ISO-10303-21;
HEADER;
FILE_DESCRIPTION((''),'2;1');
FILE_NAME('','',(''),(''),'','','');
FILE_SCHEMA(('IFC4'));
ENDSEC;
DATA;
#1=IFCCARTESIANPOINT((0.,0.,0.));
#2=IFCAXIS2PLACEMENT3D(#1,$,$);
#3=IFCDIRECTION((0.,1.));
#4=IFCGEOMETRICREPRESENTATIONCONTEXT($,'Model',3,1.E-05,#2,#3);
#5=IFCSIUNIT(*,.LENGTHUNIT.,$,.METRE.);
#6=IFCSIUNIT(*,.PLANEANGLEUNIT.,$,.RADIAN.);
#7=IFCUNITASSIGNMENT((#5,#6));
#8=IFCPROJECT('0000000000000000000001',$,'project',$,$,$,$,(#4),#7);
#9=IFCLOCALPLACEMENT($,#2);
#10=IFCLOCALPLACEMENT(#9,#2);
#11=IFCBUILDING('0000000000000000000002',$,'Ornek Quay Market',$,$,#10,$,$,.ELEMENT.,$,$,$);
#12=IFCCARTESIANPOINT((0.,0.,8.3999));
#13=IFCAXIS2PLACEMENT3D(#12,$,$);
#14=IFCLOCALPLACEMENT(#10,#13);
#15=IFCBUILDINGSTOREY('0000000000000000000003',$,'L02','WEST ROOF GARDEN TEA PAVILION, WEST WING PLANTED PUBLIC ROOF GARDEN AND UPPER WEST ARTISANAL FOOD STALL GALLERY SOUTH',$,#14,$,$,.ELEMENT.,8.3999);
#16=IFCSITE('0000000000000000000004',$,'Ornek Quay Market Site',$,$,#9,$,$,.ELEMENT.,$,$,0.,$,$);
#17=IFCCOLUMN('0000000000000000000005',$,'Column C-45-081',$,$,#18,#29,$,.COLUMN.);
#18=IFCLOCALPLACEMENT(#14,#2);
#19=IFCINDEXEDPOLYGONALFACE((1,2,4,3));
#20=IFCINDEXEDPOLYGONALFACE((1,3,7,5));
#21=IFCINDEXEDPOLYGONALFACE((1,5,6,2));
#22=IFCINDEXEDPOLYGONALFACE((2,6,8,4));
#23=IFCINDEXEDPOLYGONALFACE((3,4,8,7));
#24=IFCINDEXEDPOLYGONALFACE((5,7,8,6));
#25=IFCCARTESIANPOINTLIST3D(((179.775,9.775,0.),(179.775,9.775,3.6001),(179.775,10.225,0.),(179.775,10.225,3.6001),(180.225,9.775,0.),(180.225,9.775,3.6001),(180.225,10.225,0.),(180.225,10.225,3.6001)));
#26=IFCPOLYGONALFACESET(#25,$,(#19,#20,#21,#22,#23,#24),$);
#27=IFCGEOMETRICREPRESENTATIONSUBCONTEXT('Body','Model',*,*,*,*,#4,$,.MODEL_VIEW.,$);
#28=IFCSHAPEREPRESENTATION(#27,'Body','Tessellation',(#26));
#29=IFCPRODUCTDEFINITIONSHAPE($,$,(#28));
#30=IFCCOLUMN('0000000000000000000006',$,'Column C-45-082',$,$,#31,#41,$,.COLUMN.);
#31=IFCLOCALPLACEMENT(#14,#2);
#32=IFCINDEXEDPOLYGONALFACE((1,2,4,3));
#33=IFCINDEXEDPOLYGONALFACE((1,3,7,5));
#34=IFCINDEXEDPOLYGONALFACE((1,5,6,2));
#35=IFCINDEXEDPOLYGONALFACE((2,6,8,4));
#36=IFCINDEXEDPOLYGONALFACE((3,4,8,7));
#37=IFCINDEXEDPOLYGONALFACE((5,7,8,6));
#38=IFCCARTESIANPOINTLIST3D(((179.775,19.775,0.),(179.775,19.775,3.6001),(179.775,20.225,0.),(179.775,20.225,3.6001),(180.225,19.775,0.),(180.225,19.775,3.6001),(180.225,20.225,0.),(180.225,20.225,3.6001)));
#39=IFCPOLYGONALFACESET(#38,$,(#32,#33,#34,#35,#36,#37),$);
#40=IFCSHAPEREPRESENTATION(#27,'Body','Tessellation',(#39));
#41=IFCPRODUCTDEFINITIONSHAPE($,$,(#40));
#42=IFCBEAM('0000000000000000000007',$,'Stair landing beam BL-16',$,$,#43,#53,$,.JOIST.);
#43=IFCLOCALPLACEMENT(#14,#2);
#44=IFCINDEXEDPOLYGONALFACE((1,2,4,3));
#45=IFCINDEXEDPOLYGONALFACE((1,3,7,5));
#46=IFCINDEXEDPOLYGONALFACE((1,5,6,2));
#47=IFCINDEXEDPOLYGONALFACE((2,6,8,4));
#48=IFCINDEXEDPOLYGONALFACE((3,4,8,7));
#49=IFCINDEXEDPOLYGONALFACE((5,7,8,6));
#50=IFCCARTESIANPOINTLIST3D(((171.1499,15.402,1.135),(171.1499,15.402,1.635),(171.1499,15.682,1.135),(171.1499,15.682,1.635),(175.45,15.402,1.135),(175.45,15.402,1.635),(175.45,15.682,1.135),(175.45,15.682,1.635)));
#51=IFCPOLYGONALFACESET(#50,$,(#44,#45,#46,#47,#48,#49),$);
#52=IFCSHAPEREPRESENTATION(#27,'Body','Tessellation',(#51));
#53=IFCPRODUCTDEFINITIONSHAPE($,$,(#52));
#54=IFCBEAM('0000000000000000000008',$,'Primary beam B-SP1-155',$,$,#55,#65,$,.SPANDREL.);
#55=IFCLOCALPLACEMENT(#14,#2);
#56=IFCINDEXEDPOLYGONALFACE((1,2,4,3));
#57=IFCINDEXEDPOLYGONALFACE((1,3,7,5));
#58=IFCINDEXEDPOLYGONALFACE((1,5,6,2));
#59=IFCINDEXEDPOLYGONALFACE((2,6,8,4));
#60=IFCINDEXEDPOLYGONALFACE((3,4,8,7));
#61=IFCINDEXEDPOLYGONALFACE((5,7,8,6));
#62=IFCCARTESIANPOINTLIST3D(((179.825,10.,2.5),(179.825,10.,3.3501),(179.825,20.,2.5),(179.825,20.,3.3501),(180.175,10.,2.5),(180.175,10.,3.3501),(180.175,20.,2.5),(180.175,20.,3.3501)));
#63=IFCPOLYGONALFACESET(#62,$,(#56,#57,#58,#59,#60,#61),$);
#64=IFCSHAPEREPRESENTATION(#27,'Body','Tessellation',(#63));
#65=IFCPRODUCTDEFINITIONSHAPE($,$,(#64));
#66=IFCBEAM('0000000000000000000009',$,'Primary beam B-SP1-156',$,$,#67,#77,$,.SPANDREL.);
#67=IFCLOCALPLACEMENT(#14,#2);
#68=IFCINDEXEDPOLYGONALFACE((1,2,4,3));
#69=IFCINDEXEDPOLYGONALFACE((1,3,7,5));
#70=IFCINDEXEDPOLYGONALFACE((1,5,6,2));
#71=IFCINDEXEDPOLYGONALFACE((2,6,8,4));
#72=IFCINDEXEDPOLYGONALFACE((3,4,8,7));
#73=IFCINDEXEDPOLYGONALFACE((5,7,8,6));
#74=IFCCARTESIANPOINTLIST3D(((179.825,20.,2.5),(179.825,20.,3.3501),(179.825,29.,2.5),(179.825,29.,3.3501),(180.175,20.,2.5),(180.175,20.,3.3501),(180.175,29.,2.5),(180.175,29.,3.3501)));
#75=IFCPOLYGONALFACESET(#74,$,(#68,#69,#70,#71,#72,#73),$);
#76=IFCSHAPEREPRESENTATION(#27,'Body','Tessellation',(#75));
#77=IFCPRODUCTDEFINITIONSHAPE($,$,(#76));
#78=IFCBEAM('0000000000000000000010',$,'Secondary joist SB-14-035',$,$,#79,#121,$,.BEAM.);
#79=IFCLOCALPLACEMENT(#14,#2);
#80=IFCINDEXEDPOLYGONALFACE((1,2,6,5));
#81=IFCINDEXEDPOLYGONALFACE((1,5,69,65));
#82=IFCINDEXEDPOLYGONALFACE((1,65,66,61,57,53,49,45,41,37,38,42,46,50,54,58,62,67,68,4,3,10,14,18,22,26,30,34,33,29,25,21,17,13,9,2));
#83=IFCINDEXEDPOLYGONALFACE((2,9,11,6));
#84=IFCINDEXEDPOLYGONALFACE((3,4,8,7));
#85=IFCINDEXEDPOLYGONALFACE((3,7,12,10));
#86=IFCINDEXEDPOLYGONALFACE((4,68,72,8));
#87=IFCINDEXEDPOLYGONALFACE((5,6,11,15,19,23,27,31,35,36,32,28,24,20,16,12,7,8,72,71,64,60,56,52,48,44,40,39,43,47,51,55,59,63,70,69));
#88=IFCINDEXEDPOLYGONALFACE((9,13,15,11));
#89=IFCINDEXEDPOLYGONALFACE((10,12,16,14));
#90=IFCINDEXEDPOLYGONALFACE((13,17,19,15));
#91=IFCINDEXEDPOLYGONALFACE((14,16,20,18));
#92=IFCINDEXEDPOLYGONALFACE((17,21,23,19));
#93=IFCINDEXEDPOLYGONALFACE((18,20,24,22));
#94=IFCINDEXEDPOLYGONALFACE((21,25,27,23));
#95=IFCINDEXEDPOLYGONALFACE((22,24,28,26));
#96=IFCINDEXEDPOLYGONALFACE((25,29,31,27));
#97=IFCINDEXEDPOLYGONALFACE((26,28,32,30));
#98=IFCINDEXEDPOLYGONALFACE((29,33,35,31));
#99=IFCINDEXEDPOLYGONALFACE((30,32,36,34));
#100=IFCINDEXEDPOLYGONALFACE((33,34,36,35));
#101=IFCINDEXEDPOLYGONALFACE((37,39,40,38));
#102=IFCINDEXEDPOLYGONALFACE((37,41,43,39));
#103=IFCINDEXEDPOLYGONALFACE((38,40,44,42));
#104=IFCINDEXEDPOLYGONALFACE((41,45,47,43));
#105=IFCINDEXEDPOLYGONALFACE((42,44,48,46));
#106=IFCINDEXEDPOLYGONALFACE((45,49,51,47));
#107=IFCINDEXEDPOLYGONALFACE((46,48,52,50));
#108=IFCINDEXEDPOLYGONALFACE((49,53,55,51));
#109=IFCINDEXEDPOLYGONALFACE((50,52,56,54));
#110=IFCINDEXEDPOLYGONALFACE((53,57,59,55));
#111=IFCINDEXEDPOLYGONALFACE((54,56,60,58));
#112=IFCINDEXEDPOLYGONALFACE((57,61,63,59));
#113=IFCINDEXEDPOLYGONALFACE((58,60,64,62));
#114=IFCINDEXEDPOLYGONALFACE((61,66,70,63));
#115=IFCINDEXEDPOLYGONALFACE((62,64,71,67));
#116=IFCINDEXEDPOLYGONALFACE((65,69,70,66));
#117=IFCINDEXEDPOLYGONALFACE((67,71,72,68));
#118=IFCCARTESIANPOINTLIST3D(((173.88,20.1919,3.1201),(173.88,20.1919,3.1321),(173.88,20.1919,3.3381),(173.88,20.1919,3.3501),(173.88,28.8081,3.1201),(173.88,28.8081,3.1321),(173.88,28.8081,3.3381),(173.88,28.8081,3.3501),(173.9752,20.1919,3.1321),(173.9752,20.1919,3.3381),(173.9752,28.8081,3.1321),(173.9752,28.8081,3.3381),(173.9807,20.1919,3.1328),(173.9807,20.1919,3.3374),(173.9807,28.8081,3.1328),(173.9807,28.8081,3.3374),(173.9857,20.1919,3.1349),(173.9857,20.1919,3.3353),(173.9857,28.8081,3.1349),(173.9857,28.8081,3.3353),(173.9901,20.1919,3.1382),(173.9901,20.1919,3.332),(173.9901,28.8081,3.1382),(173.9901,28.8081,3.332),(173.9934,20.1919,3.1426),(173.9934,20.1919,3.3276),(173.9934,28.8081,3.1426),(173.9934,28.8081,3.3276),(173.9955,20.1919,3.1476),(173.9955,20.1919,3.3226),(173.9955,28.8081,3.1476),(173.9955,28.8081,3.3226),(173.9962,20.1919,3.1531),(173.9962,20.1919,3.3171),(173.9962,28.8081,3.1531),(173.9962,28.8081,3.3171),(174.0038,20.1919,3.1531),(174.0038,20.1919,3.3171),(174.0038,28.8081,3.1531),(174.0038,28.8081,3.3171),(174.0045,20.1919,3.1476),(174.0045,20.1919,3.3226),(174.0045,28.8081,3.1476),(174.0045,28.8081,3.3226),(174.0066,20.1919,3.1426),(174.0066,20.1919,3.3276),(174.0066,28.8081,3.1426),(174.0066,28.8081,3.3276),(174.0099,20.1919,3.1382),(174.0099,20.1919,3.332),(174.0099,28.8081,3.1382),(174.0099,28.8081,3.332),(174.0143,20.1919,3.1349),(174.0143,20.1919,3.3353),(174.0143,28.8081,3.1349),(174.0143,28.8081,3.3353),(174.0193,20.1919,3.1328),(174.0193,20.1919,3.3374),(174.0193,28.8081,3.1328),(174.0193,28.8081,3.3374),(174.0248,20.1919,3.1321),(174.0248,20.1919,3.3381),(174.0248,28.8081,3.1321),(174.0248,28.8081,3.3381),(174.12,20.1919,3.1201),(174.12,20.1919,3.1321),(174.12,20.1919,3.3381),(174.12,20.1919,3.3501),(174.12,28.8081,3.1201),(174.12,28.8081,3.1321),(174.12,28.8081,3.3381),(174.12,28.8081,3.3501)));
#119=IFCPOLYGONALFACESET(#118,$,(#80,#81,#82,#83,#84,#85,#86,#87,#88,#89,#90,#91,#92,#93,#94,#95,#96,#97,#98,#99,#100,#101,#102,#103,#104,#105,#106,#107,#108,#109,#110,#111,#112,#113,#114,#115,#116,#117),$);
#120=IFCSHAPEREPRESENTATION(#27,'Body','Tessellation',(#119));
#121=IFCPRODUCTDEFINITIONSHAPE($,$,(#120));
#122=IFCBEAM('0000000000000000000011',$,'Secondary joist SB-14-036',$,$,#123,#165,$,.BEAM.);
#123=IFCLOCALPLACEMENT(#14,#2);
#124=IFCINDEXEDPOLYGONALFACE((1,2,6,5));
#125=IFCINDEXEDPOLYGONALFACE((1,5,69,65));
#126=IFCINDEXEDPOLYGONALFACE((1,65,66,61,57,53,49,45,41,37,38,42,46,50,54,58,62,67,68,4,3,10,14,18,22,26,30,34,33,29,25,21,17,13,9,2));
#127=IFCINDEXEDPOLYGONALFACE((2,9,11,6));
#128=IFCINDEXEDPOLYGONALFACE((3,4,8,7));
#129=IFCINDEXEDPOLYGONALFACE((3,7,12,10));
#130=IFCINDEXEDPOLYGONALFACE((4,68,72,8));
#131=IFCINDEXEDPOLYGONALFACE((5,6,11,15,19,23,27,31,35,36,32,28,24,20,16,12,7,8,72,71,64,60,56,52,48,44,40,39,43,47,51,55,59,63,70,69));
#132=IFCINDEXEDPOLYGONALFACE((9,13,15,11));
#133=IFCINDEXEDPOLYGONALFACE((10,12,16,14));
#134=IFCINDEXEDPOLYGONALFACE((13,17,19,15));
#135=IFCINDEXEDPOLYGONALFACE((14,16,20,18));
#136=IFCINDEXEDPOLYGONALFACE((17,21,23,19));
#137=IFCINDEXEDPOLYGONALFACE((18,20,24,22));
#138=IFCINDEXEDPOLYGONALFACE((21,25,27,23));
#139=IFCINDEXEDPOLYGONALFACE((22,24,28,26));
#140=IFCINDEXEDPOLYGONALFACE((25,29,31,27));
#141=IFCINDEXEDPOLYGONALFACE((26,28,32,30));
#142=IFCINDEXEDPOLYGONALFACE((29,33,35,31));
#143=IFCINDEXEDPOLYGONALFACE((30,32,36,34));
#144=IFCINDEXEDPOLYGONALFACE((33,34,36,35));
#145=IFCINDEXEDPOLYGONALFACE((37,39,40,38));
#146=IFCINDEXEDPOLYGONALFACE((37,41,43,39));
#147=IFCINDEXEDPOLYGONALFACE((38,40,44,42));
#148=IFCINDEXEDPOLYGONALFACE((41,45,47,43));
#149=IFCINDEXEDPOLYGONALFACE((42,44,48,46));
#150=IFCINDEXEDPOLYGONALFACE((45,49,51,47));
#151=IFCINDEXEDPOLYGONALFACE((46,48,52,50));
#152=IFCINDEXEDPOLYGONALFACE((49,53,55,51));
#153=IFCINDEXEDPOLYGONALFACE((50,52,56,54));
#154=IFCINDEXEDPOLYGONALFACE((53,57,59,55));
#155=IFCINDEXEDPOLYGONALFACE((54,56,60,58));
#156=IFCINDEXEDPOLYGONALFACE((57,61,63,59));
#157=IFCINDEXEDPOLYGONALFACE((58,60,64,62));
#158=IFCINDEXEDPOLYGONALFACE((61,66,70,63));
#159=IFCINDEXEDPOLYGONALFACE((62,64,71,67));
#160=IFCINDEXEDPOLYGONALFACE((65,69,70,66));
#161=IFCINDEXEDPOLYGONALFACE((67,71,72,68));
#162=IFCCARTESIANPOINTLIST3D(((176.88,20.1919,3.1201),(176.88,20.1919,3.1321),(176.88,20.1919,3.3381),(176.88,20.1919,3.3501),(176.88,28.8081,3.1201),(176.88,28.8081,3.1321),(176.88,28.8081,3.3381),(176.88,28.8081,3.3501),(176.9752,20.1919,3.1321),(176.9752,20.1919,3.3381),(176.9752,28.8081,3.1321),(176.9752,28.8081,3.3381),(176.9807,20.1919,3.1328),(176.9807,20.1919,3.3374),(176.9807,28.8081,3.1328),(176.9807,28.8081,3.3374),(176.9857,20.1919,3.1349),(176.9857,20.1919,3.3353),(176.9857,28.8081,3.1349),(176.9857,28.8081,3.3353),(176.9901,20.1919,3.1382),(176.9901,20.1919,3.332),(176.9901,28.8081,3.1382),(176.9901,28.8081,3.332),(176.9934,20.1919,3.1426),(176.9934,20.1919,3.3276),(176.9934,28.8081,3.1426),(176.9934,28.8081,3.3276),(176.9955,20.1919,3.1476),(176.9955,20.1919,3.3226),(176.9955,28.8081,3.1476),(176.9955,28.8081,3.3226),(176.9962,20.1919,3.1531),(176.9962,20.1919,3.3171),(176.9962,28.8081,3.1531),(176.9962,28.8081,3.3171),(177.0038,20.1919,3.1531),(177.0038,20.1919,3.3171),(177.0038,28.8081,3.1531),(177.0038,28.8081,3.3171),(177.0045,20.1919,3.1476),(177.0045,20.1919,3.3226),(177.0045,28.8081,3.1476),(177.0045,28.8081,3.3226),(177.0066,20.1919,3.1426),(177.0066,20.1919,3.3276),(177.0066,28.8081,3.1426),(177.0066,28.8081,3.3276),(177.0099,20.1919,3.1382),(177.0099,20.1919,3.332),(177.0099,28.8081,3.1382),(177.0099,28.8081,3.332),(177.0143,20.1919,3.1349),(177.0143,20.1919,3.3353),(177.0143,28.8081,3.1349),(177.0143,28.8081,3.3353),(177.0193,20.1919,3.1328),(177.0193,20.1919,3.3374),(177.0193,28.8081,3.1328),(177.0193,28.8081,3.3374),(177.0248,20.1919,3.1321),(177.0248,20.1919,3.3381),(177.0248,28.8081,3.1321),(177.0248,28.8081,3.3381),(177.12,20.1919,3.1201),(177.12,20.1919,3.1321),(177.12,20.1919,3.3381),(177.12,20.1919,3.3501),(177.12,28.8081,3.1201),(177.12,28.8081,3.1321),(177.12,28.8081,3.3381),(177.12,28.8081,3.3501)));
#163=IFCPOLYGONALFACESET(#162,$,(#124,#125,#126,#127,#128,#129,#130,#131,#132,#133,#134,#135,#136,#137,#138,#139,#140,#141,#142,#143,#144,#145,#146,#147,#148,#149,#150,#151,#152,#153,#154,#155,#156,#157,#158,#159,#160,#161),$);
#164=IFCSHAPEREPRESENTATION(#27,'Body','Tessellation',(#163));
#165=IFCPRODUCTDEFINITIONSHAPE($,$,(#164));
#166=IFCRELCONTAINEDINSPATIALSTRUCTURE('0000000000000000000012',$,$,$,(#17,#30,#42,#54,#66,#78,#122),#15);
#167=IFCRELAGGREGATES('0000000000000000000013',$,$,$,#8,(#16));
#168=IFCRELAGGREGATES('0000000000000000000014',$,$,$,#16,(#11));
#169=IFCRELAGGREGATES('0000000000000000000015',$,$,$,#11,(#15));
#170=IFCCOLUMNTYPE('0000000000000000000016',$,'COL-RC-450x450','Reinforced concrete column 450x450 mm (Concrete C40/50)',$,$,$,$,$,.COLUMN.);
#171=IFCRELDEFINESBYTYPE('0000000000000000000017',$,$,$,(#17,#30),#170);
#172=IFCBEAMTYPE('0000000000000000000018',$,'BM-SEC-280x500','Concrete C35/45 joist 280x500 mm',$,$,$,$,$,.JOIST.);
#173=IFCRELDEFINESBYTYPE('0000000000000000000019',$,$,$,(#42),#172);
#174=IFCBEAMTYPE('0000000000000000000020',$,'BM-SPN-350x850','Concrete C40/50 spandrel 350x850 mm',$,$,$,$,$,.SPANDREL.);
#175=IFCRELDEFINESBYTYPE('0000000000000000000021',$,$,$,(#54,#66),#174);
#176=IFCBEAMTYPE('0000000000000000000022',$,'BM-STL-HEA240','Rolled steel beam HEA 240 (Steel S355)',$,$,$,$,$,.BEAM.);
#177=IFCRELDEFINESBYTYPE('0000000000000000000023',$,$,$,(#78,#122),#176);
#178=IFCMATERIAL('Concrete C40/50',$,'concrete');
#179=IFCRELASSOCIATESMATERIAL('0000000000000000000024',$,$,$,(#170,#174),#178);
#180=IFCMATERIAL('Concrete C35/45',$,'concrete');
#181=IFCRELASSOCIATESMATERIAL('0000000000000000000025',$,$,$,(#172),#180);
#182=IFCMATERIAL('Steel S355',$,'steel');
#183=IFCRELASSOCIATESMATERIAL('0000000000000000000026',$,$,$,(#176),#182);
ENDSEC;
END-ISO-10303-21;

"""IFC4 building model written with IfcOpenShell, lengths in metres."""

from ifc_helpers import new_model, si_unit, direction, frame, origin, origin_2d, place, context, subcontext, project, spatial, rectangle, i_section, extrude, material, material_profile, profile_set, type_object, element, save


model = new_model("IFC4")

# Units and contexts
model_context = context("Model", 3, precision=1e-05, world=origin(), true_north=direction((0.0, 1.0)))
body_context = subcontext(model_context, "Body", "Model", "MODEL_VIEW")
ifc_project = project(units=[si_unit("LENGTHUNIT", "METRE"), si_unit("PLANEANGLEUNIT", "RADIAN")], contexts=[model_context])

# Site, building, storey
site_placement = place(None, origin())
site = spatial("IfcSite", under=ifc_project, at=site_placement, Name="Ornek Quay Market Site", CompositionType="ELEMENT", RefElevation=0.0)
building_placement = place(site_placement, origin())
building = spatial("IfcBuilding", under=site, at=building_placement, Name="Ornek Quay Market", CompositionType="ELEMENT")
storey_placement = place(building_placement, frame((0.0, 0.0, 8.3999)))
storey = spatial("IfcBuildingStorey", under=building, at=storey_placement, Name="L02", Description="WEST ROOF GARDEN TEA PAVILION, WEST WING PLANTED PUBLIC ROOF GARDEN AND UPPER WEST ARTISANAL FOOD STALL GALLERY SOUTH", CompositionType="ELEMENT", Elevation=8.3999)

# Columns
ifc_material_1 = material(Name="Concrete C40/50", Category="concrete")
ifc_material_profile_1 = material_profile(ifc_material_1, rectangle(XDim=0.45, YDim=0.45, at=origin_2d()), Name="RC 450x450", Category="concrete")
ifc_profile_set_1 = profile_set([ifc_material_profile_1], Name="Concrete C40/50")
column_type = type_object("IfcColumnType", Name="COL-RC-450x450", Description="Reinforced concrete column 450x450 mm (Concrete C40/50)", PredefinedType="COLUMN", material=ifc_profile_set_1)
for number, where, z_axis, x_axis, name in (
    (1, (180.0, 10.0, 0.0), (0.0, 0.0, 1.0), (1.0, 0.0, 0.0), "Column C-45-081"),
    (2, (180.0, 20.0, 0.0), (0.0, 0.0, 1.0), (1.0, 0.0, 0.0), "Column C-45-082"),
):
    element("IfcColumn", number, at=place(storey_placement, frame(where, z_axis=z_axis, x_axis=x_axis)), inside=storey, type_object=column_type, Name=name, PredefinedType="COLUMN", context=body_context, shape_type="SweptSolid", body=[
        extrude(rectangle(XDim=0.45, YDim=0.45, at=origin_2d()), origin(), (0.0, 0.0, 1.0), 3.6001),
    ])

# Beams
ifc_material_2 = material(Name="Concrete C35/45", Category="concrete")
ifc_material_profile_2 = material_profile(ifc_material_2, rectangle(XDim=0.28, YDim=0.5, at=origin_2d()), Name="RC 280x500", Category="concrete")
ifc_profile_set_2 = profile_set([ifc_material_profile_2], Name="Concrete C35/45")
beam_type_1 = type_object("IfcBeamType", Name="BM-SEC-280x500", Description="Concrete C35/45 joist 280x500 mm", PredefinedType="JOIST", material=ifc_profile_set_2)
beam_1_placement = place(storey_placement, frame((171.1499, 15.542, 1.385), z_axis=(1.0, 0.0, 0.0), x_axis=(0.0, 1.0, 0.0)))
element("IfcBeam", 3, at=beam_1_placement, inside=storey, type_object=beam_type_1, Name="Stair landing beam BL-16", PredefinedType="JOIST", context=body_context, shape_type="SweptSolid", body=[
    extrude(rectangle(XDim=0.28, YDim=0.5, at=origin_2d()), origin(), (0.0, 0.0, 1.0), 4.3),
])
ifc_material_profile_3 = material_profile(ifc_material_1, rectangle(XDim=0.3501, YDim=0.8501, at=origin_2d()), Name="RC 350x850", Category="concrete")
ifc_profile_set_3 = profile_set([ifc_material_profile_3], Name="Concrete C40/50")
beam_type_2 = type_object("IfcBeamType", Name="BM-SPN-350x850", Description="Concrete C40/50 spandrel 350x850 mm", PredefinedType="SPANDREL", material=ifc_profile_set_3)
beam_2_placement = place(storey_placement, frame((180.0, 10.0, 2.925), z_axis=(0.0, 1.0, 0.0), x_axis=(-1.0, 0.0, 0.0)))
element("IfcBeam", 4, at=beam_2_placement, inside=storey, type_object=beam_type_2, Name="Primary beam B-SP1-155", PredefinedType="SPANDREL", context=body_context, shape_type="SweptSolid", body=[
    extrude(rectangle(XDim=0.3501, YDim=0.8501, at=origin_2d()), origin(), (0.0, 0.0, 1.0), 10.0),
])
beam_3_placement = place(storey_placement, frame((180.0, 20.0, 2.925), z_axis=(0.0, 1.0, 0.0), x_axis=(-1.0, 0.0, 0.0)))
element("IfcBeam", 5, at=beam_3_placement, inside=storey, type_object=beam_type_2, Name="Primary beam B-SP1-156", PredefinedType="SPANDREL", context=body_context, shape_type="SweptSolid", body=[
    extrude(rectangle(XDim=0.3501, YDim=0.8501, at=origin_2d()), origin(), (0.0, 0.0, 1.0), 9.0),
])
ifc_material_3 = material(Name="Steel S355", Category="steel")
ifc_material_profile_4 = material_profile(ifc_material_3, i_section(OverallWidth=0.24, OverallDepth=0.23, WebThickness=0.0076, FlangeThickness=0.012, FilletRadius=0.021, at=origin_2d()), Name="HEA 240", Category="steel")
ifc_profile_set_4 = profile_set([ifc_material_profile_4], Name="Steel S355")
beam_type_3 = type_object("IfcBeamType", Name="BM-STL-HEA240", Description="Rolled steel beam HEA 240 (Steel S355)", PredefinedType="BEAM", material=ifc_profile_set_4)
for number, where, z_axis, x_axis, name in (
    (6, (174.0, 20.1919, 3.2351), (0.0, 1.0, 0.0), (-1.0, 0.0, 0.0), "Secondary joist SB-14-035"),
    (7, (177.0, 20.1919, 3.2351), (0.0, 1.0, 0.0), (-1.0, 0.0, 0.0), "Secondary joist SB-14-036"),
):
    element("IfcBeam", number, at=place(storey_placement, frame(where, z_axis=z_axis, x_axis=x_axis)), inside=storey, type_object=beam_type_3, Name=name, PredefinedType="BEAM", context=body_context, shape_type="SweptSolid", body=[
        extrude(i_section(OverallWidth=0.24, OverallDepth=0.23, WebThickness=0.0076, FlangeThickness=0.012, FilletRadius=0.021, at=origin_2d()), origin(), (0.0, 0.0, 1.0), 8.6162),
    ])

save(model, "model.ifc")
